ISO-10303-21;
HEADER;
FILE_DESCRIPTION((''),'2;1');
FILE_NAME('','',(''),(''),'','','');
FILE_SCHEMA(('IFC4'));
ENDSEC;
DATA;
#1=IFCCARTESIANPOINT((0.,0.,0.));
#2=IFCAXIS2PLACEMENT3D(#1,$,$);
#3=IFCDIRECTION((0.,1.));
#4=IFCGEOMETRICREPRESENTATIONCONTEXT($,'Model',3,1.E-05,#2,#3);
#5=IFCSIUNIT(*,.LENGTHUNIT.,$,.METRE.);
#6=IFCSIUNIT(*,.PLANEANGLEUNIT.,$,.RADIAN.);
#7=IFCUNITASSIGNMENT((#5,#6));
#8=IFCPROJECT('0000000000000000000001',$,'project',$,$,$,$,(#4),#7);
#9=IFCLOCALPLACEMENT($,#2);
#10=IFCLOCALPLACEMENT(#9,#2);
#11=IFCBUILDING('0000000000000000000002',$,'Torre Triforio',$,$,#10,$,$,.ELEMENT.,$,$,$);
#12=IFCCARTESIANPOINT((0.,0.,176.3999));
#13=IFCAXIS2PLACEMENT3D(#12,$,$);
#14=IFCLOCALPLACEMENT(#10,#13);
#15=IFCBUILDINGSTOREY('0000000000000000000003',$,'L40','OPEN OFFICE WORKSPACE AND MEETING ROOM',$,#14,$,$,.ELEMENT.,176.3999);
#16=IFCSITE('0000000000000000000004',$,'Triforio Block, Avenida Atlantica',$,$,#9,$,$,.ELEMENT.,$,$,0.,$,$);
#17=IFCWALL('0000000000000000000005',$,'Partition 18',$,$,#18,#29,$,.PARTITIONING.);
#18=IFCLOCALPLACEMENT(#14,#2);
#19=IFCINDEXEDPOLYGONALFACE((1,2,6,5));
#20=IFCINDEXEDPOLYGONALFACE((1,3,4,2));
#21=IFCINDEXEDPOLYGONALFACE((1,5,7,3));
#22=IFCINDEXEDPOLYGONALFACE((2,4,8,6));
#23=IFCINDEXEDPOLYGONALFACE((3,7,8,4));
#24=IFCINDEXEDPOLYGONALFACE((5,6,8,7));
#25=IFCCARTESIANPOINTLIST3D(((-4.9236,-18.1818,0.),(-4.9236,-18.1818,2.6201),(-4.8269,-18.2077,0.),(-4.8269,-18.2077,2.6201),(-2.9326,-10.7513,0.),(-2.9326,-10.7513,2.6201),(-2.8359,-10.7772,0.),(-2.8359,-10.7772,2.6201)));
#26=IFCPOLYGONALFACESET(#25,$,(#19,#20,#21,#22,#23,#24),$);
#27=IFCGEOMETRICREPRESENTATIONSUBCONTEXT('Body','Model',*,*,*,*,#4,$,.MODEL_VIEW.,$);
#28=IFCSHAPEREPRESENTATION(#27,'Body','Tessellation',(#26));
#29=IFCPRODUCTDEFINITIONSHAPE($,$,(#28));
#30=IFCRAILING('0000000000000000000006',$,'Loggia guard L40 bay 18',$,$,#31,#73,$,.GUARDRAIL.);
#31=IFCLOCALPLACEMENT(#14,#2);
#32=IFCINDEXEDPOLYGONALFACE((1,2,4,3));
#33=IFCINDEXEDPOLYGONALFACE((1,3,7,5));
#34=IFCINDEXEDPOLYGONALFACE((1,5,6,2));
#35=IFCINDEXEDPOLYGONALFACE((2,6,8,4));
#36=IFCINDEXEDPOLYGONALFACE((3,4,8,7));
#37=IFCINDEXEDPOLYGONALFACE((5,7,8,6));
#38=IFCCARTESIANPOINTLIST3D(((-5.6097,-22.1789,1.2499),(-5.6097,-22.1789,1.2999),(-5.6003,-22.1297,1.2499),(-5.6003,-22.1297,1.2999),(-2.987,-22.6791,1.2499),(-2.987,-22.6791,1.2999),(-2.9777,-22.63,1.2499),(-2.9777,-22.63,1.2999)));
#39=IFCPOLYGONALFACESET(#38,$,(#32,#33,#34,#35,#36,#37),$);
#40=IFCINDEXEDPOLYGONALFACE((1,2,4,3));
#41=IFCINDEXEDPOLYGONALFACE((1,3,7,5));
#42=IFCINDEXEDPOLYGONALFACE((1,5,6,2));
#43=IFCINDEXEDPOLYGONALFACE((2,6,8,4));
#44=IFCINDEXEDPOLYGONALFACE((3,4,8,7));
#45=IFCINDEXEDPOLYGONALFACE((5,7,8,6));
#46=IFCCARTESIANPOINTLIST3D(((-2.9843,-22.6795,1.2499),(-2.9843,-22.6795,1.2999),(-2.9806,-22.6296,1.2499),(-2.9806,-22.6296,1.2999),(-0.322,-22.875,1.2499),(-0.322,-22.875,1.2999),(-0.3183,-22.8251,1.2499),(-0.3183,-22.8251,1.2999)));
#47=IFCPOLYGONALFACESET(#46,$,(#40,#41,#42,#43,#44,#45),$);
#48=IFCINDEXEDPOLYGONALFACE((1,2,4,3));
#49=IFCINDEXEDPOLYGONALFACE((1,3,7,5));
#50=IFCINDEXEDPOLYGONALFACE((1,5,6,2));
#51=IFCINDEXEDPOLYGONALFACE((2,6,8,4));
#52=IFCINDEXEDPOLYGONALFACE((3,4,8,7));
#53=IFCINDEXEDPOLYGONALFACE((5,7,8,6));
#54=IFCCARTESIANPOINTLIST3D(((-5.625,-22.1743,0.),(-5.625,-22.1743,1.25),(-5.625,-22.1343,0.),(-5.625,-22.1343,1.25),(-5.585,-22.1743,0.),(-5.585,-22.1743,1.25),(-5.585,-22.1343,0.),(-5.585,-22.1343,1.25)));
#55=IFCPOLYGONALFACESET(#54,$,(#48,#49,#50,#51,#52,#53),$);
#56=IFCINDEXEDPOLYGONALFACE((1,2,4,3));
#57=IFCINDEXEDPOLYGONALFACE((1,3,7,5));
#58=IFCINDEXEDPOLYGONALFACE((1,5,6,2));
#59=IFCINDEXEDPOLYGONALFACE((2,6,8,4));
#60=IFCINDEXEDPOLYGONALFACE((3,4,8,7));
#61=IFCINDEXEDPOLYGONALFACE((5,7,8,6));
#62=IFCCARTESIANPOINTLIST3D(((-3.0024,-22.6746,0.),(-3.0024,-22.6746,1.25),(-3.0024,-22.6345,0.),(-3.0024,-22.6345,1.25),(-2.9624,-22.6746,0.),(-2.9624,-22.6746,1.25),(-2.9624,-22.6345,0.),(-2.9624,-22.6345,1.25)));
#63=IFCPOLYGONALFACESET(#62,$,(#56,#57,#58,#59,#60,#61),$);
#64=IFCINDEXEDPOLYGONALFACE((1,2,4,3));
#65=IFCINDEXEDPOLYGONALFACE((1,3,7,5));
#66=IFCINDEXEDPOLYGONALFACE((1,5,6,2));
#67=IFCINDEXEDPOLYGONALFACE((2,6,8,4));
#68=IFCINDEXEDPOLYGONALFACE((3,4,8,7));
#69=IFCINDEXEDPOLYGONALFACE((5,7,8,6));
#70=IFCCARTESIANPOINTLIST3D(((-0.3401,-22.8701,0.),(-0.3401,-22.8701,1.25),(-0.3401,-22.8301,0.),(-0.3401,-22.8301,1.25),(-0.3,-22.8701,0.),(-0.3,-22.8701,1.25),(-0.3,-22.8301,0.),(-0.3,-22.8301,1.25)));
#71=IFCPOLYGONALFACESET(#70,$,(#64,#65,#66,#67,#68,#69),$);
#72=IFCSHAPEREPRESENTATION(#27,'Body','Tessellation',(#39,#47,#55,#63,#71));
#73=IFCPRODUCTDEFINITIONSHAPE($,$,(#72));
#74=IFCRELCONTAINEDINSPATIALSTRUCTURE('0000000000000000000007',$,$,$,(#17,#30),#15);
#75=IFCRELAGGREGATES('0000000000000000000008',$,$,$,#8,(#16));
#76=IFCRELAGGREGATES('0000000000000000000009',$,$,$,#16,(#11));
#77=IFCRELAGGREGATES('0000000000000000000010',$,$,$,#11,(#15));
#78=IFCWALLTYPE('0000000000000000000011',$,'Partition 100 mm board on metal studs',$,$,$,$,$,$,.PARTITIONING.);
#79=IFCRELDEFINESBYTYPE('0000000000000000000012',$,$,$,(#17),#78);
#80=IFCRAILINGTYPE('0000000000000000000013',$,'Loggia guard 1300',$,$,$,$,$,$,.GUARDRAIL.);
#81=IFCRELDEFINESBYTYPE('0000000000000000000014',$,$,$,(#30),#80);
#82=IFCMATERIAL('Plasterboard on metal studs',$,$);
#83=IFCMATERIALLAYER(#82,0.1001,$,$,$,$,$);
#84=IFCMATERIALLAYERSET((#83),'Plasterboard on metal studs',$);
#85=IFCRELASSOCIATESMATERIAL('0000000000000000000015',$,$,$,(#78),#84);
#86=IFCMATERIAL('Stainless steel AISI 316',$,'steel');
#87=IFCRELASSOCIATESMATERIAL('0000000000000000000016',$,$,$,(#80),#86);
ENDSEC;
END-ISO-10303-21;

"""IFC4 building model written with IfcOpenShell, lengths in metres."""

from ifc_helpers import new_model, si_unit, direction, frame, frame_2d, origin, origin_2d, place, context, subcontext, project, spatial, rectangle, extrude, material, layer, layer_set, type_object, element, save


model = new_model("IFC4")

# Units and contexts
model_context = context("Model", 3, precision=1e-05, world=origin(), true_north=direction((0.0, 1.0)))
body_context = subcontext(model_context, "Body", "Model", "MODEL_VIEW")
ifc_project = project(units=[si_unit("LENGTHUNIT", "METRE"), si_unit("PLANEANGLEUNIT", "RADIAN")], contexts=[model_context])

# Site, building, storey
site_placement = place(None, origin())
site = spatial("IfcSite", under=ifc_project, at=site_placement, Name="Triforio Block, Avenida Atlantica", CompositionType="ELEMENT", RefElevation=0.0)
building_placement = place(site_placement, origin())
building = spatial("IfcBuilding", under=site, at=building_placement, Name="Torre Triforio", CompositionType="ELEMENT")
storey_placement = place(building_placement, frame((0.0, 0.0, 176.3999)))
storey = spatial("IfcBuildingStorey", under=building, at=storey_placement, Name="L40", Description="OPEN OFFICE WORKSPACE AND MEETING ROOM", CompositionType="ELEMENT", Elevation=176.3999)

# Shared definitions
ifc_material_1 = material(Name="Plasterboard on metal studs")

# Wall
ifc_layer_1 = layer(ifc_material_1, 0.1001)
ifc_layer_set_1 = layer_set([ifc_layer_1], Name="Plasterboard on metal studs")
wall_type_1 = type_object("IfcWallType", Name="Partition 100 mm board on metal studs", PredefinedType="PARTITIONING", material=ifc_layer_set_1)
wall_1_placement = place(storey_placement, frame((-2.8843, -10.7644, 0.0), z_axis=(0.0, 0.0, 1.0), x_axis=(-0.258818, -0.965926, 0.0)))
element("IfcWall", 1, at=wall_1_placement, inside=storey, type_object=wall_type_1, Name="Partition 18", PredefinedType="PARTITIONING", context=body_context, shape_type="SweptSolid", body=[
    extrude(rectangle(XDim=7.6926, YDim=0.1001, at=frame_2d((3.8462, 0.0))), origin(), (0.0, 0.0, 1.0), 2.6201),
])

# Railing
ifc_material_2 = material(Name="Stainless steel AISI 316", Category="steel")
railing_type = type_object("IfcRailingType", Name="Loggia guard 1300", PredefinedType="GUARDRAIL", material=ifc_material_2)
railing_placement = place(storey_placement, frame((-5.605, -22.1543, 0.0)))
element("IfcRailing", 2, at=railing_placement, inside=storey, type_object=railing_type, Name="Loggia guard L40 bay 18", PredefinedType="GUARDRAIL", context=body_context, shape_type="SweptSolid", body=[
    extrude(rectangle(XDim=0.05, YDim=0.05, at=origin_2d()), frame((0.0, 0.0, 1.2749), z_axis=(0.98229, -0.187368, 0.0), x_axis=(0.187368, 0.98229, 0.0)), (0.0, 0.0, 1.0), 2.6699),
    extrude(rectangle(XDim=0.05, YDim=0.05, at=origin_2d()), frame((2.6226, -0.5002, 1.2749), z_axis=(0.997313, -0.073255, 0.0), x_axis=(0.073255, 0.997313, 0.0)), (0.0, 0.0, 1.0), 2.6694),
    extrude(rectangle(XDim=0.04, YDim=0.04, at=origin_2d()), origin(), (0.0, 0.0, 1.0), 1.25),
    extrude(rectangle(XDim=0.04, YDim=0.04, at=origin_2d()), frame((2.6226, -0.5002, 0.0)), (0.0, 0.0, 1.0), 1.25),
    extrude(rectangle(XDim=0.04, YDim=0.04, at=origin_2d()), frame((5.2849, -0.6958, 0.0)), (0.0, 0.0, 1.0), 1.25),
])

save(model, "model.ifc")
